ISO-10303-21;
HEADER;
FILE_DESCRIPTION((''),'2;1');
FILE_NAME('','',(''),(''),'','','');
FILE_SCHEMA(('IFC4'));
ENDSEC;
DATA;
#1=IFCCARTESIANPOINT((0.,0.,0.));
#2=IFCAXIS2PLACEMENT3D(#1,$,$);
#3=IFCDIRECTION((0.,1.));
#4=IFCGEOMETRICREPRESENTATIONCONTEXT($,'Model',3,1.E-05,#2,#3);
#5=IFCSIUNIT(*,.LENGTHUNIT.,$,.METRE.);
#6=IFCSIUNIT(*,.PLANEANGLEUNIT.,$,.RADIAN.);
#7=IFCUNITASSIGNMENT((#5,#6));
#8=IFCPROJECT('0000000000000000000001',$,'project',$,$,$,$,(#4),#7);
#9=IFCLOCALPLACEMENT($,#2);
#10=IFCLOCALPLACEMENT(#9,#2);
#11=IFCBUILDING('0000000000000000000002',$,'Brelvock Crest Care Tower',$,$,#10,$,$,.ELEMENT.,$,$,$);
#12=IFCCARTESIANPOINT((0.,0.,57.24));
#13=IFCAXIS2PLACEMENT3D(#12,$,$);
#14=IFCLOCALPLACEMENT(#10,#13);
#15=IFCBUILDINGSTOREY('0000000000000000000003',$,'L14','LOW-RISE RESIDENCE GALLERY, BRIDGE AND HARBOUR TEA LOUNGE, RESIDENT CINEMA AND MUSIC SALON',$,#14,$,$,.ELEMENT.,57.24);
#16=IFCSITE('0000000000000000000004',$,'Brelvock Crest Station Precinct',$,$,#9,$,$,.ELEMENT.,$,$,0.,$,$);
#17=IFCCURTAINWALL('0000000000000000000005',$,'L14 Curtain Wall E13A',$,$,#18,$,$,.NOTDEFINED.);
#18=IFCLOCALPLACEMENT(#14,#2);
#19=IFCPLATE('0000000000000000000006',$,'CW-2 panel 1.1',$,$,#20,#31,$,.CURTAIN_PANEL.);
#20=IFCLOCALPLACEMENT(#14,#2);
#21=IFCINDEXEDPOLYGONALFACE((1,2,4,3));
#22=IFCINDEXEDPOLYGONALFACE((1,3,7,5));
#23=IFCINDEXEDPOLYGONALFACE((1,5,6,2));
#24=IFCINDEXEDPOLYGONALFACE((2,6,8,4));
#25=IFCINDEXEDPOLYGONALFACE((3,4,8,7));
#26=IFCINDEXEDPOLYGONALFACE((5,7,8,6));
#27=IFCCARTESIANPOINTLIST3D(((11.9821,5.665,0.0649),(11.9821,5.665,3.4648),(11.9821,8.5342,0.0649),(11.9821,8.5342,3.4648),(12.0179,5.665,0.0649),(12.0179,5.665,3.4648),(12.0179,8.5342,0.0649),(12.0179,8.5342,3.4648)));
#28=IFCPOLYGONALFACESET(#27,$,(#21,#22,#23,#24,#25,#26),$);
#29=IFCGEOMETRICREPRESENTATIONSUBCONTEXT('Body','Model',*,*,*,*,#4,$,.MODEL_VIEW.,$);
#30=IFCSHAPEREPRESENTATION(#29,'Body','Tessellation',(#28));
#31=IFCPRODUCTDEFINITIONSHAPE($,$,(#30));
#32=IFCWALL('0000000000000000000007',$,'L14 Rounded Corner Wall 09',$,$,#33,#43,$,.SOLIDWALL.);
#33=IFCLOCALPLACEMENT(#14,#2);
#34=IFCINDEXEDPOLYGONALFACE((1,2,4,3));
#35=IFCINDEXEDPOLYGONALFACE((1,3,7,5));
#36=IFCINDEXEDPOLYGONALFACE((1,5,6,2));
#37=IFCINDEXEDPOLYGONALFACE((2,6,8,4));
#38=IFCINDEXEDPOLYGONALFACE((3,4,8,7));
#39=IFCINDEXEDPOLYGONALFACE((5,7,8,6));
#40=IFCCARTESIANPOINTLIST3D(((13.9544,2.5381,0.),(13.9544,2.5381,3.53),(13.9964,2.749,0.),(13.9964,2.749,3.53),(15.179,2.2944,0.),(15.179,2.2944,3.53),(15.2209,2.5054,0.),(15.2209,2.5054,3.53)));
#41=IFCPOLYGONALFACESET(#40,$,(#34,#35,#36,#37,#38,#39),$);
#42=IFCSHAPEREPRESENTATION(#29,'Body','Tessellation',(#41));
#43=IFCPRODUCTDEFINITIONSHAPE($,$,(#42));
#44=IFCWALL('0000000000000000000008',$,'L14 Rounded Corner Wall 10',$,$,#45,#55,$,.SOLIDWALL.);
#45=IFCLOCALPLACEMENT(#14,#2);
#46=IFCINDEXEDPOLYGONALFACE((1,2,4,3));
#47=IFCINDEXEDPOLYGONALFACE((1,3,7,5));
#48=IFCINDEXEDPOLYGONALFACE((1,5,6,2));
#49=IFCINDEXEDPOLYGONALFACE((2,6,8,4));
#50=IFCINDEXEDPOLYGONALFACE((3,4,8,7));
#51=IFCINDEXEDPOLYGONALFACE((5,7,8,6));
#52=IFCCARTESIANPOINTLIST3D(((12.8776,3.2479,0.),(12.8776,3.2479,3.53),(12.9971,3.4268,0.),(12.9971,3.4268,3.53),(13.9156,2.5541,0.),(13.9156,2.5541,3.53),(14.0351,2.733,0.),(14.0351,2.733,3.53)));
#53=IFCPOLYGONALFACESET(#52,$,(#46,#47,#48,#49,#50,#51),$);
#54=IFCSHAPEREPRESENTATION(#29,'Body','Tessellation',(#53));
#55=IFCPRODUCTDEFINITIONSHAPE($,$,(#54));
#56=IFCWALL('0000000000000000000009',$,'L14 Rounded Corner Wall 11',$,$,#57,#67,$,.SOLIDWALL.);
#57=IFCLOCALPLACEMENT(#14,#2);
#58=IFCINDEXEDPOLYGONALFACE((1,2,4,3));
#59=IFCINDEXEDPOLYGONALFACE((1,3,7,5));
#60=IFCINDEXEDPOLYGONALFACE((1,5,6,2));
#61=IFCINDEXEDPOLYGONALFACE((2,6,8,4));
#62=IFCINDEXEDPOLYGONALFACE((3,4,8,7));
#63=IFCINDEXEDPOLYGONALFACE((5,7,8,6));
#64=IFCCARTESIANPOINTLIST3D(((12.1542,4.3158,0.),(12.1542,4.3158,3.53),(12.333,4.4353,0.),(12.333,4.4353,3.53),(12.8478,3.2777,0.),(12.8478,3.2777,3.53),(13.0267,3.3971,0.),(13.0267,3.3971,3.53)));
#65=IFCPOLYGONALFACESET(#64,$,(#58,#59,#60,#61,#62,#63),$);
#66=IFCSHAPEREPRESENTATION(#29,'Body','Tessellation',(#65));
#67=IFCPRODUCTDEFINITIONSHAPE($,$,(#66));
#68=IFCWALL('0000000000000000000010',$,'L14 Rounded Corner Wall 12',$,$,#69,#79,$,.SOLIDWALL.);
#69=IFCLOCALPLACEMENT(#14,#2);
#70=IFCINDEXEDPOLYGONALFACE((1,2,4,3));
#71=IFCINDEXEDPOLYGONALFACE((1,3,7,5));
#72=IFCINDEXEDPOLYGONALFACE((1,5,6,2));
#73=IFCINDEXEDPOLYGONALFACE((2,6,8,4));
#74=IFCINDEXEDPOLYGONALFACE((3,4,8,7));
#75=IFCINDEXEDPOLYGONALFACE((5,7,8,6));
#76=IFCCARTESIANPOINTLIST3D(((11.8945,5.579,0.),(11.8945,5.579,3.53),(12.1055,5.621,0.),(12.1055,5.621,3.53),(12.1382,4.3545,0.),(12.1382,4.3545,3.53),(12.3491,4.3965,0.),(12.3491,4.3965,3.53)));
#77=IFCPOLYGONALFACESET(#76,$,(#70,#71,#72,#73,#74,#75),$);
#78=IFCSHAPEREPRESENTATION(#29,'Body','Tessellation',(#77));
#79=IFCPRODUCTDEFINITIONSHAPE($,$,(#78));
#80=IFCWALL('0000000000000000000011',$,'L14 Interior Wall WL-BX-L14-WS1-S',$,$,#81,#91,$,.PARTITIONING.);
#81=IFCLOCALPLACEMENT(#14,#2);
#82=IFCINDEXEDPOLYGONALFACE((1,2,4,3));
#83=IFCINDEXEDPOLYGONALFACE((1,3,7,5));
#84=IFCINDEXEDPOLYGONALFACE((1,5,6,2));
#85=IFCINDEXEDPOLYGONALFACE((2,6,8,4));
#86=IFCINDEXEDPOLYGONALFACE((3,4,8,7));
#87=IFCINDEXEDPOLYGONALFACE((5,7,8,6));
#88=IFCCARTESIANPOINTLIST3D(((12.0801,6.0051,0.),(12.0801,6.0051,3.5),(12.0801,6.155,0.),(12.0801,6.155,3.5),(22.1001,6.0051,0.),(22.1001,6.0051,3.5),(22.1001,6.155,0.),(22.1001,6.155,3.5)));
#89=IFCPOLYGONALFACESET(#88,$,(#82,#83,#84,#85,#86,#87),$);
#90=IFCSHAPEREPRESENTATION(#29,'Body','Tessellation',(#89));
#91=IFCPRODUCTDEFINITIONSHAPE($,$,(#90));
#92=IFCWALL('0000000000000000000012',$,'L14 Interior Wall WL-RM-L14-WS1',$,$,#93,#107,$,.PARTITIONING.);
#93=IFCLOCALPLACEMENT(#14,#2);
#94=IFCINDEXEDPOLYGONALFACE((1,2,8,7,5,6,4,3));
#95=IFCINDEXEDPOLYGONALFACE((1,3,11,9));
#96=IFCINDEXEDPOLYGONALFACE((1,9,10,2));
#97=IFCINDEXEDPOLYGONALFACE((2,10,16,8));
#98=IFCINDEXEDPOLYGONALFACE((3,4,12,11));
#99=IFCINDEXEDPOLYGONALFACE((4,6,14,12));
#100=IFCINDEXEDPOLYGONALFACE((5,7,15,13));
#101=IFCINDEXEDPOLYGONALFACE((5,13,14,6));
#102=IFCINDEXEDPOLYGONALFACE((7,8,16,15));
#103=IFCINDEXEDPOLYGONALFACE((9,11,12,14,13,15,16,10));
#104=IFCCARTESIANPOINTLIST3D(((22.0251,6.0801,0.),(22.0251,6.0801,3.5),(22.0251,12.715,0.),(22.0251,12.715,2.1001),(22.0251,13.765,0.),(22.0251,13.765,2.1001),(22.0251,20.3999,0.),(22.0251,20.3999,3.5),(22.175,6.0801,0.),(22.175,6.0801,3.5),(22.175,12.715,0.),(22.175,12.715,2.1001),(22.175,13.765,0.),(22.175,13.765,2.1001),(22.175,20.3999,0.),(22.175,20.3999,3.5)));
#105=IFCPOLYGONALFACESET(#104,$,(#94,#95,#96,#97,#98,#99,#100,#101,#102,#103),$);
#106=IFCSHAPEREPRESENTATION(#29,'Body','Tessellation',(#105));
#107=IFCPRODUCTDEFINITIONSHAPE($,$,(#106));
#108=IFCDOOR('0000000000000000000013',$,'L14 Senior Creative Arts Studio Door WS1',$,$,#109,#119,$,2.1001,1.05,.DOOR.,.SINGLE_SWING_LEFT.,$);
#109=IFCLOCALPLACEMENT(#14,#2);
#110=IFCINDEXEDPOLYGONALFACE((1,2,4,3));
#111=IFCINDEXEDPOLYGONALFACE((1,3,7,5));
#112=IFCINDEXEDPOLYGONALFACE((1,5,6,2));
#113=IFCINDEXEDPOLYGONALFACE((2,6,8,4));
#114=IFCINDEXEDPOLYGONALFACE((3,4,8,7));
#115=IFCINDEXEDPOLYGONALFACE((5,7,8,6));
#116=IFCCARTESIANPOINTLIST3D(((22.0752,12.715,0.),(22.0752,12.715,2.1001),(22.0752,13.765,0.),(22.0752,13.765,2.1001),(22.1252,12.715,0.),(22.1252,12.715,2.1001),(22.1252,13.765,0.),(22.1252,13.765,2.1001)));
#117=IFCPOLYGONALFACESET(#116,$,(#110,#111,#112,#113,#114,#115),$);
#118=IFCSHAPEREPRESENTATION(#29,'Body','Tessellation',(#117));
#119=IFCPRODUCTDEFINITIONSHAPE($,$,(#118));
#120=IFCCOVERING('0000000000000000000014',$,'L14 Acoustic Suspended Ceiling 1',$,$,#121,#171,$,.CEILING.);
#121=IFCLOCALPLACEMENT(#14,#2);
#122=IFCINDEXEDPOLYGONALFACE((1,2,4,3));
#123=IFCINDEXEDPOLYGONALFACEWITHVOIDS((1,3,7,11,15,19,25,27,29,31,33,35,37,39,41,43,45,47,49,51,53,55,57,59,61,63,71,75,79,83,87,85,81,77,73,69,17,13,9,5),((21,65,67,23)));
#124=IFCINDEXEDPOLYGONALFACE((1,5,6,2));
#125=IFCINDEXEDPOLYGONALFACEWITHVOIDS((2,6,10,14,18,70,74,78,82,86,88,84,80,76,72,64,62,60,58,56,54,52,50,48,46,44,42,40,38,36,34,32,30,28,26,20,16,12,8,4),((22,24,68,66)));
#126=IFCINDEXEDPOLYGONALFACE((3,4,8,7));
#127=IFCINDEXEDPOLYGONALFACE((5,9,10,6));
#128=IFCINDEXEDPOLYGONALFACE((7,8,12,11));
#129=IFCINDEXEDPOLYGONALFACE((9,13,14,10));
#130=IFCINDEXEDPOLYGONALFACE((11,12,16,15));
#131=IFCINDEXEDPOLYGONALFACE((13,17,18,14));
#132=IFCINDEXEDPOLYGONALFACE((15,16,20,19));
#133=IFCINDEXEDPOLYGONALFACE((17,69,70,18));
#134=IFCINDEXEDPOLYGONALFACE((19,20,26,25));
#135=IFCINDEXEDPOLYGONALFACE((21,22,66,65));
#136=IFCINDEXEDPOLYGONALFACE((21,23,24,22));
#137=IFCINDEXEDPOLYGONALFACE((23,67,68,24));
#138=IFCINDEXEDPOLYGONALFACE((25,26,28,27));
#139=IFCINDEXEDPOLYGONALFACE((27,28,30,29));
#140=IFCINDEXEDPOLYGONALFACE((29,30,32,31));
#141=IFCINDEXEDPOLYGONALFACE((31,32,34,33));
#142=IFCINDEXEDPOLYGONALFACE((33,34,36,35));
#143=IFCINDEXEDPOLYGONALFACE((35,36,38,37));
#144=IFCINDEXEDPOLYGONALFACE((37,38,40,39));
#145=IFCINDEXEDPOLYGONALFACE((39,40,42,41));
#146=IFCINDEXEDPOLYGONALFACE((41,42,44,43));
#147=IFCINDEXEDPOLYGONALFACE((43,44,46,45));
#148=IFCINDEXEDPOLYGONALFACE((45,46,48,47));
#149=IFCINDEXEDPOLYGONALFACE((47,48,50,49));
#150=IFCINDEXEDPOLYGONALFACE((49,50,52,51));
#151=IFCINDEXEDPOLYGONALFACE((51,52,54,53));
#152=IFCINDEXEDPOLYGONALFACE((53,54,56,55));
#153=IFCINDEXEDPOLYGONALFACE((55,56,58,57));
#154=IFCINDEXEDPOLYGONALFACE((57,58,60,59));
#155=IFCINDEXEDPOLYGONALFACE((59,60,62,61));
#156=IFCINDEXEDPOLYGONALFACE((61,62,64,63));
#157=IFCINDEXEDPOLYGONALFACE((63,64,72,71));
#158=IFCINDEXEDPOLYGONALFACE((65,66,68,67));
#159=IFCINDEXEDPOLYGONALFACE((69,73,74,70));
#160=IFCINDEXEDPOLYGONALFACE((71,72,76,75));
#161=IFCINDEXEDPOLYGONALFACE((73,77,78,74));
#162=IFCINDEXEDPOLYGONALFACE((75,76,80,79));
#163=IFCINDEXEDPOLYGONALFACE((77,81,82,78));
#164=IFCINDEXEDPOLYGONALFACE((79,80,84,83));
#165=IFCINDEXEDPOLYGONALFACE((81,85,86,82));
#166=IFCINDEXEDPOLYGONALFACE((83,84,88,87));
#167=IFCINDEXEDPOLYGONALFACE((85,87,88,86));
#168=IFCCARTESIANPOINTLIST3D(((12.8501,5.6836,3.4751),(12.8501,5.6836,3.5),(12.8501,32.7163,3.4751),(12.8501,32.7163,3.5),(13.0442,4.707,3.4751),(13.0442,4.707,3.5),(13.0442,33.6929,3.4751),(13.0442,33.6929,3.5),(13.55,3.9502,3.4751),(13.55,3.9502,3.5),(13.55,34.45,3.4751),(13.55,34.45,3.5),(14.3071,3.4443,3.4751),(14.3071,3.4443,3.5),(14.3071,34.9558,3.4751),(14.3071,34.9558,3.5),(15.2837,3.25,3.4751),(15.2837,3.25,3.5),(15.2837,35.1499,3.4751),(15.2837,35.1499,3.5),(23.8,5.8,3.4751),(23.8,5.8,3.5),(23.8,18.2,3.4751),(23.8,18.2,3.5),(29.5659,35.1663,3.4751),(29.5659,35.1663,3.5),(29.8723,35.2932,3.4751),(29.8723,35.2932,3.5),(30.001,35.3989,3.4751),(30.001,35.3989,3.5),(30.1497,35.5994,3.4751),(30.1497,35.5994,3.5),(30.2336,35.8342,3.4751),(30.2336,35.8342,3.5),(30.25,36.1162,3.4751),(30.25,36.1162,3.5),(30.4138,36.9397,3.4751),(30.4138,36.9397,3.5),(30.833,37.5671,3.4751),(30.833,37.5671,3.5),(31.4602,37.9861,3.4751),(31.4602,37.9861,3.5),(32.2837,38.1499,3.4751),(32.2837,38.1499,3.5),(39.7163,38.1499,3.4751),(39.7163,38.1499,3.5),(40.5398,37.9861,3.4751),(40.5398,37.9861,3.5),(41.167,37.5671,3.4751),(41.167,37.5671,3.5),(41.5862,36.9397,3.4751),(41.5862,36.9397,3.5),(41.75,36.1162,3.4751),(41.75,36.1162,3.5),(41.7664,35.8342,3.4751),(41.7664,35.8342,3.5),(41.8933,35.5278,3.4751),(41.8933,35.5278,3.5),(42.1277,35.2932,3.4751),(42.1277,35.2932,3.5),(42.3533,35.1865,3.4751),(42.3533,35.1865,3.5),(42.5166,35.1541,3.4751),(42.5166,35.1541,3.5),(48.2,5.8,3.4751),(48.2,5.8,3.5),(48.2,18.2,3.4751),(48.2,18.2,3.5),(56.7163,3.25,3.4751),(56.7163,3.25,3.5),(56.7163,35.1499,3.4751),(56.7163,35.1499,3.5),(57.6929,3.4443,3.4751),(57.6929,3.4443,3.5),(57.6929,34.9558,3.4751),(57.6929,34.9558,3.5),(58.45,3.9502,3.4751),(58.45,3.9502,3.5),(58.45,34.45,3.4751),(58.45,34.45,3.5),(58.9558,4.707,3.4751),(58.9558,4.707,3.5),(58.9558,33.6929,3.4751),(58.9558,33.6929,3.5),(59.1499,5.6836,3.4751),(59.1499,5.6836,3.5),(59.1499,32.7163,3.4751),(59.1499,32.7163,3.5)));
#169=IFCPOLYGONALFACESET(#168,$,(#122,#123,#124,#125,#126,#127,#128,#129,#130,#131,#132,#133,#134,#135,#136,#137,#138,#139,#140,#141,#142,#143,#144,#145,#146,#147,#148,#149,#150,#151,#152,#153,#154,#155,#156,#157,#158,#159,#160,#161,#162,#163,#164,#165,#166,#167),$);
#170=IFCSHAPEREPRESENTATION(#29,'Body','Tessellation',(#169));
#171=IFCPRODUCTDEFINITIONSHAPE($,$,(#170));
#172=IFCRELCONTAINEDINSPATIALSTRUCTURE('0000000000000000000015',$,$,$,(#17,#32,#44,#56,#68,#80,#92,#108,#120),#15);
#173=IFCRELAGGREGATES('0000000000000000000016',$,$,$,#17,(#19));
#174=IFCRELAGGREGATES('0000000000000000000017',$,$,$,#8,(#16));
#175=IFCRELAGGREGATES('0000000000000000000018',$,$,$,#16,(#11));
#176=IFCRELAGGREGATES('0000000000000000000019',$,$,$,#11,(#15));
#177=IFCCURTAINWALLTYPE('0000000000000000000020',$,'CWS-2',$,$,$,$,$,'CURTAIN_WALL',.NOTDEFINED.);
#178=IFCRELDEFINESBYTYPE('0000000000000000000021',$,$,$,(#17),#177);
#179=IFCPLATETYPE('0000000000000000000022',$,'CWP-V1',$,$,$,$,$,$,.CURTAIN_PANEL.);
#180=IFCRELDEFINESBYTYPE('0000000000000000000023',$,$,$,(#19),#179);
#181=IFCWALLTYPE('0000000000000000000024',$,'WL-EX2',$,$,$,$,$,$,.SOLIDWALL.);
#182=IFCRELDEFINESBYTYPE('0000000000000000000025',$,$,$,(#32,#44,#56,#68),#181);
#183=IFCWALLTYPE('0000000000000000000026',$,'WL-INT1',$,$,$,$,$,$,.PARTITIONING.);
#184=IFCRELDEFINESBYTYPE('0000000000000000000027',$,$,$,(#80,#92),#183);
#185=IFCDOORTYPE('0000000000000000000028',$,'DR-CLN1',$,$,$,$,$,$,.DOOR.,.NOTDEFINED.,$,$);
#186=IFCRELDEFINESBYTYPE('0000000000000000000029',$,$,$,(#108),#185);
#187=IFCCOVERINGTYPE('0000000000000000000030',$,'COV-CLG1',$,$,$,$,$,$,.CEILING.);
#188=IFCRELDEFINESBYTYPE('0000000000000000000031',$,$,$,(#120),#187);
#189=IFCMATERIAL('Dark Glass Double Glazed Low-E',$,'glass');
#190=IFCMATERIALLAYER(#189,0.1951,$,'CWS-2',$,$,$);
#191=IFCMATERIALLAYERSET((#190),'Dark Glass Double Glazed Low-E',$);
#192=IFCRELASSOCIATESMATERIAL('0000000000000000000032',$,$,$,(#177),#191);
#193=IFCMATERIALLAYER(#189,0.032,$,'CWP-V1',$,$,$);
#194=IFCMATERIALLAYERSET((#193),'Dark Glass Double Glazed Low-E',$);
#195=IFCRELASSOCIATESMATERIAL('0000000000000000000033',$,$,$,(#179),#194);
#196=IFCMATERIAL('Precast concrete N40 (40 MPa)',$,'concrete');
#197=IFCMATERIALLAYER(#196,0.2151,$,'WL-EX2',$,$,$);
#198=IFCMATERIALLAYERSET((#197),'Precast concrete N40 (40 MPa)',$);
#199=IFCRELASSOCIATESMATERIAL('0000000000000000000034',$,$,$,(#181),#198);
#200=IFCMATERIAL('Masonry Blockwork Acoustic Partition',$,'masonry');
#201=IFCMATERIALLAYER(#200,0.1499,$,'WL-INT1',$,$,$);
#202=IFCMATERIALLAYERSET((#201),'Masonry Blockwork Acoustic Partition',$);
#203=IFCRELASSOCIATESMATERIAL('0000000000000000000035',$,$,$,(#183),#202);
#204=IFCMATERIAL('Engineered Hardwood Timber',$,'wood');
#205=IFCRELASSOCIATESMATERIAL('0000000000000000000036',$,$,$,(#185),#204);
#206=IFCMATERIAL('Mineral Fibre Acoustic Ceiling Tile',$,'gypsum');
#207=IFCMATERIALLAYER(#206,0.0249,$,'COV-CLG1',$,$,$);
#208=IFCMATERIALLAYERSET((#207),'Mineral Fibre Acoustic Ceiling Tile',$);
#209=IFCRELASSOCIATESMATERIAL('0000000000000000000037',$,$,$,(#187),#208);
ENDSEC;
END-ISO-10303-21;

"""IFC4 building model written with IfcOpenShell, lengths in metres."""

from ifc_helpers import new_model, si_unit, direction, frame, frame_2d, origin, origin_2d, place, context, subcontext, project, spatial, polyline, rectangle, outline, extrude, source, transform, mapped, material, layer, layer_set, type_object, element, fill, aggregate, save


model = new_model("IFC4")

# Units and contexts
model_context = context("Model", 3, precision=1e-05, world=origin(), true_north=direction((0.0, 1.0)))
body_context = subcontext(model_context, "Body", "Model", "MODEL_VIEW")
ifc_project = project(units=[si_unit("LENGTHUNIT", "METRE"), si_unit("PLANEANGLEUNIT", "RADIAN")], contexts=[model_context])

# Site, building, storey
site_placement = place(None, origin())
site = spatial("IfcSite", under=ifc_project, at=site_placement, Name="Brelvock Crest Station Precinct", CompositionType="ELEMENT", RefElevation=0.0)
building_placement = place(site_placement, origin())
building = spatial("IfcBuilding", under=site, at=building_placement, Name="Brelvock Crest Care Tower", CompositionType="ELEMENT")
storey_placement = place(building_placement, frame((0.0, 0.0, 57.24)))
storey = spatial("IfcBuildingStorey", under=building, at=storey_placement, Name="L14", Description="LOW-RISE RESIDENCE GALLERY, BRIDGE AND HARBOUR TEA LOUNGE, RESIDENT CINEMA AND MUSIC SALON", CompositionType="ELEMENT", Elevation=57.24)

# Curtain wall
ifc_material_1 = material(Name="Dark Glass Double Glazed Low-E", Category="glass")
ifc_layer_1 = layer(ifc_material_1, 0.1951, Name="CWS-2")
ifc_layer_set_1 = layer_set([ifc_layer_1], Name="Dark Glass Double Glazed Low-E")
curtain_wall_type = type_object("IfcCurtainWallType", Name="CWS-2", ElementType="CURTAIN_WALL", PredefinedType="NOTDEFINED", material=ifc_layer_set_1)
curtain_wall_1_placement = place(storey_placement, origin())
curtain_wall_1 = element("IfcCurtainWall", 1, at=curtain_wall_1_placement, inside=storey, type_object=curtain_wall_type, Name="L14 Curtain Wall E13A", PredefinedType="NOTDEFINED")

# Plate
ifc_layer_2 = layer(ifc_material_1, 0.032, Name="CWP-V1")
ifc_layer_set_2 = layer_set([ifc_layer_2], Name="Dark Glass Double Glazed Low-E")
plate_type = type_object("IfcPlateType", Name="CWP-V1", PredefinedType="CURTAIN_PANEL", material=ifc_layer_set_2)
shared_shape_1 = source(origin(), body_context, "Body", "SweptSolid", [
    extrude(rectangle(XDim=2.8691, YDim=0.0359, at=origin_2d()), origin(), (0.0, 0.0, 1.0), 3.3999),
])
plate_1_placement = place(storey_placement, frame((12.0, 7.0996, 0.0649), z_axis=(0.0, 0.0, 1.0), x_axis=(0.0, 1.0, 0.0)))
plate_1 = element("IfcPlate", 2, at=plate_1_placement, type_object=plate_type, Name="CW-2 panel 1.1", PredefinedType="CURTAIN_PANEL", context=body_context, shape_type="MappedRepresentation", body=[
    mapped(shared_shape_1, transform((0.0, 0.0, 0.0), x_axis=(1.0, 0.0, 0.0), y_axis=(0.0, 1.0, 0.0), z_axis=(0.0, 0.0, 1.0), scale=1.0)),
])
aggregate(curtain_wall_1, [plate_1])

# Walls
ifc_material_2 = material(Name="Precast concrete N40 (40 MPa)", Category="concrete")
ifc_layer_3 = layer(ifc_material_2, 0.2151, Name="WL-EX2")
ifc_layer_set_3 = layer_set([ifc_layer_3], Name="Precast concrete N40 (40 MPa)")
wall_type_1 = type_object("IfcWallType", Name="WL-EX2", PredefinedType="SOLIDWALL", material=ifc_layer_set_3)
for number, where, z_axis, x_axis, name in (
    (3, (15.2, 2.3999, 0.0), (0.0, 0.0, 1.0), (-0.980776, 0.195138, 0.0), "L14 Rounded Corner Wall 09"),
    (4, (13.9753, 2.6436, 0.0), (0.0, 0.0, 1.0), (-0.831388, 0.555692, 0.0), "L14 Rounded Corner Wall 10"),
    (5, (12.9373, 3.3374, 0.0), (0.0, 0.0, 1.0), (-0.555557, 0.831478, 0.0), "L14 Rounded Corner Wall 11"),
    (6, (12.2437, 4.3755, 0.0), (0.0, 0.0, 1.0), (-0.195138, 0.980776, 0.0), "L14 Rounded Corner Wall 12"),
):
    element("IfcWall", number, at=place(storey_placement, frame(where, z_axis=z_axis, x_axis=x_axis)), inside=storey, type_object=wall_type_1, Name=name, PredefinedType="SOLIDWALL", context=body_context, shape_type="SweptSolid", body=[
        extrude(rectangle(XDim=1.2485, YDim=0.2151, at=frame_2d((0.6243, 0.0))), origin(), (0.0, 0.0, 1.0), 3.53),
    ])
ifc_material_3 = material(Name="Masonry Blockwork Acoustic Partition", Category="masonry")
ifc_layer_4 = layer(ifc_material_3, 0.1499, Name="WL-INT1")
ifc_layer_set_4 = layer_set([ifc_layer_4], Name="Masonry Blockwork Acoustic Partition")
wall_type_2 = type_object("IfcWallType", Name="WL-INT1", PredefinedType="PARTITIONING", material=ifc_layer_set_4)
wall_1_placement = place(storey_placement, frame((12.0801, 6.0801, 0.0), z_axis=(0.0, 0.0, 1.0), x_axis=(1.0, 0.0, 0.0)))
element("IfcWall", 7, at=wall_1_placement, inside=storey, type_object=wall_type_2, Name="L14 Interior Wall WL-BX-L14-WS1-S", PredefinedType="PARTITIONING", context=body_context, shape_type="SweptSolid", body=[
    extrude(rectangle(XDim=10.02, YDim=0.1499, at=frame_2d((5.01, 0.0))), origin(), (0.0, 0.0, 1.0), 3.5),
])

# Wall, opening, door
wall_2_placement = place(storey_placement, frame((22.1001, 6.0801, 0.0), z_axis=(0.0, 0.0, 1.0), x_axis=(0.0, 1.0, 0.0)))
wall_2 = element("IfcWall", 8, at=wall_2_placement, inside=storey, type_object=wall_type_2, Name="L14 Interior Wall WL-RM-L14-WS1", PredefinedType="PARTITIONING", context=body_context, shape_type="SweptSolid", body=[
    extrude(rectangle(XDim=14.3198, YDim=0.1499, at=frame_2d((7.1599, 0.0))), origin(), (0.0, 0.0, 1.0), 3.5),
])
opening_placement = place(wall_2_placement, frame((6.635, 0.0, 0.0)))
opening = element("IfcOpeningElement", 9, at=opening_placement, cuts=wall_2, PredefinedType="OPENING", context=body_context, shape_type="SweptSolid", body=[
    extrude(rectangle(XDim=1.05, YDim=2.1001, at=origin_2d()), frame((0.5249, 0.085, 1.05), z_axis=(0.0, -1.0, 0.0), x_axis=(1.0, 0.0, 0.0)), (0.0, 0.0, 1.0), 0.1699),
])
ifc_material_4 = material(Name="Engineered Hardwood Timber", Category="wood")
door_type = type_object("IfcDoorType", Name="DR-CLN1", OperationType="NOTDEFINED", PredefinedType="DOOR", material=ifc_material_4)
shared_shape_2 = source(origin(), body_context, "Body", "SweptSolid", [
    extrude(rectangle(XDim=1.05, YDim=2.1001, at=origin_2d()), frame((0.5249, 0.0249, 1.05), z_axis=(0.0, -1.0, 0.0), x_axis=(1.0, 0.0, 0.0)), (0.0, 0.0, 1.0), 0.05),
])
door_placement = place(opening_placement, origin())
door = element("IfcDoor", 10, at=door_placement, inside=storey, type_object=door_type, Name="L14 Senior Creative Arts Studio Door WS1", OperationType="SINGLE_SWING_LEFT", OverallHeight=2.1001, OverallWidth=1.05, PredefinedType="DOOR", context=body_context, shape_type="MappedRepresentation", body=[
    mapped(shared_shape_2, transform((0.0, 0.0, 0.0), x_axis=(1.0, 0.0, 0.0), y_axis=(0.0, 1.0, 0.0), z_axis=(0.0, 0.0, 1.0), scale=1.0)),
])
fill(opening, door)

# Covering
ifc_material_5 = material(Name="Mineral Fibre Acoustic Ceiling Tile", Category="gypsum")
ifc_layer_5 = layer(ifc_material_5, 0.0249, Name="COV-CLG1")
ifc_layer_set_5 = layer_set([ifc_layer_5], Name="Mineral Fibre Acoustic Ceiling Tile")
covering_type_1 = type_object("IfcCoveringType", Name="COV-CLG1", PredefinedType="CEILING", material=ifc_layer_set_5)
covering_1_placement = place(storey_placement, frame((0.0, 0.0, 3.4751)))
element("IfcCovering", 11, at=covering_1_placement, inside=storey, type_object=covering_type_1, Name="L14 Acoustic Suspended Ceiling 1", PredefinedType="CEILING", context=body_context, shape_type="SweptSolid", body=[
    extrude(outline(polyline([(56.7163, 35.1499), (42.5166, 35.1541), (42.3533, 35.1865), (42.1277, 35.2932), (41.8933, 35.5278), (41.7664, 35.8342), (41.75, 36.1162), (41.5862, 36.9397), (41.167, 37.5671), (40.5398, 37.9861), (39.7163, 38.1499), (32.2837, 38.1499), (31.4602, 37.9861), (30.833, 37.5671), (30.4138, 36.9397), (30.25, 36.1162), (30.2336, 35.8342), (30.1497, 35.5994), (30.001, 35.3989), (29.8723, 35.2932), (29.5659, 35.1663), (15.2837, 35.1499), (14.3071, 34.9558), (13.55, 34.45), (13.0442, 33.6929), (12.8501, 32.7163), (12.8501, 5.6836), (13.0442, 4.707), (13.55, 3.9502), (14.3071, 3.4443), (15.2837, 3.25), (56.7163, 3.25), (57.6929, 3.4443), (58.45, 3.9502), (58.9558, 4.707), (59.1499, 5.6836), (59.1499, 32.7163), (58.9558, 33.6929), (58.45, 34.45), (57.6929, 34.9558), (56.7163, 35.1499)]), holes=[polyline([(48.2, 5.8), (48.2, 18.2), (23.8, 18.2), (23.8, 5.8), (48.2, 5.8)])]), origin(), (0.0, 0.0, 1.0), 0.0249),
])

save(model, "model.ifc")
